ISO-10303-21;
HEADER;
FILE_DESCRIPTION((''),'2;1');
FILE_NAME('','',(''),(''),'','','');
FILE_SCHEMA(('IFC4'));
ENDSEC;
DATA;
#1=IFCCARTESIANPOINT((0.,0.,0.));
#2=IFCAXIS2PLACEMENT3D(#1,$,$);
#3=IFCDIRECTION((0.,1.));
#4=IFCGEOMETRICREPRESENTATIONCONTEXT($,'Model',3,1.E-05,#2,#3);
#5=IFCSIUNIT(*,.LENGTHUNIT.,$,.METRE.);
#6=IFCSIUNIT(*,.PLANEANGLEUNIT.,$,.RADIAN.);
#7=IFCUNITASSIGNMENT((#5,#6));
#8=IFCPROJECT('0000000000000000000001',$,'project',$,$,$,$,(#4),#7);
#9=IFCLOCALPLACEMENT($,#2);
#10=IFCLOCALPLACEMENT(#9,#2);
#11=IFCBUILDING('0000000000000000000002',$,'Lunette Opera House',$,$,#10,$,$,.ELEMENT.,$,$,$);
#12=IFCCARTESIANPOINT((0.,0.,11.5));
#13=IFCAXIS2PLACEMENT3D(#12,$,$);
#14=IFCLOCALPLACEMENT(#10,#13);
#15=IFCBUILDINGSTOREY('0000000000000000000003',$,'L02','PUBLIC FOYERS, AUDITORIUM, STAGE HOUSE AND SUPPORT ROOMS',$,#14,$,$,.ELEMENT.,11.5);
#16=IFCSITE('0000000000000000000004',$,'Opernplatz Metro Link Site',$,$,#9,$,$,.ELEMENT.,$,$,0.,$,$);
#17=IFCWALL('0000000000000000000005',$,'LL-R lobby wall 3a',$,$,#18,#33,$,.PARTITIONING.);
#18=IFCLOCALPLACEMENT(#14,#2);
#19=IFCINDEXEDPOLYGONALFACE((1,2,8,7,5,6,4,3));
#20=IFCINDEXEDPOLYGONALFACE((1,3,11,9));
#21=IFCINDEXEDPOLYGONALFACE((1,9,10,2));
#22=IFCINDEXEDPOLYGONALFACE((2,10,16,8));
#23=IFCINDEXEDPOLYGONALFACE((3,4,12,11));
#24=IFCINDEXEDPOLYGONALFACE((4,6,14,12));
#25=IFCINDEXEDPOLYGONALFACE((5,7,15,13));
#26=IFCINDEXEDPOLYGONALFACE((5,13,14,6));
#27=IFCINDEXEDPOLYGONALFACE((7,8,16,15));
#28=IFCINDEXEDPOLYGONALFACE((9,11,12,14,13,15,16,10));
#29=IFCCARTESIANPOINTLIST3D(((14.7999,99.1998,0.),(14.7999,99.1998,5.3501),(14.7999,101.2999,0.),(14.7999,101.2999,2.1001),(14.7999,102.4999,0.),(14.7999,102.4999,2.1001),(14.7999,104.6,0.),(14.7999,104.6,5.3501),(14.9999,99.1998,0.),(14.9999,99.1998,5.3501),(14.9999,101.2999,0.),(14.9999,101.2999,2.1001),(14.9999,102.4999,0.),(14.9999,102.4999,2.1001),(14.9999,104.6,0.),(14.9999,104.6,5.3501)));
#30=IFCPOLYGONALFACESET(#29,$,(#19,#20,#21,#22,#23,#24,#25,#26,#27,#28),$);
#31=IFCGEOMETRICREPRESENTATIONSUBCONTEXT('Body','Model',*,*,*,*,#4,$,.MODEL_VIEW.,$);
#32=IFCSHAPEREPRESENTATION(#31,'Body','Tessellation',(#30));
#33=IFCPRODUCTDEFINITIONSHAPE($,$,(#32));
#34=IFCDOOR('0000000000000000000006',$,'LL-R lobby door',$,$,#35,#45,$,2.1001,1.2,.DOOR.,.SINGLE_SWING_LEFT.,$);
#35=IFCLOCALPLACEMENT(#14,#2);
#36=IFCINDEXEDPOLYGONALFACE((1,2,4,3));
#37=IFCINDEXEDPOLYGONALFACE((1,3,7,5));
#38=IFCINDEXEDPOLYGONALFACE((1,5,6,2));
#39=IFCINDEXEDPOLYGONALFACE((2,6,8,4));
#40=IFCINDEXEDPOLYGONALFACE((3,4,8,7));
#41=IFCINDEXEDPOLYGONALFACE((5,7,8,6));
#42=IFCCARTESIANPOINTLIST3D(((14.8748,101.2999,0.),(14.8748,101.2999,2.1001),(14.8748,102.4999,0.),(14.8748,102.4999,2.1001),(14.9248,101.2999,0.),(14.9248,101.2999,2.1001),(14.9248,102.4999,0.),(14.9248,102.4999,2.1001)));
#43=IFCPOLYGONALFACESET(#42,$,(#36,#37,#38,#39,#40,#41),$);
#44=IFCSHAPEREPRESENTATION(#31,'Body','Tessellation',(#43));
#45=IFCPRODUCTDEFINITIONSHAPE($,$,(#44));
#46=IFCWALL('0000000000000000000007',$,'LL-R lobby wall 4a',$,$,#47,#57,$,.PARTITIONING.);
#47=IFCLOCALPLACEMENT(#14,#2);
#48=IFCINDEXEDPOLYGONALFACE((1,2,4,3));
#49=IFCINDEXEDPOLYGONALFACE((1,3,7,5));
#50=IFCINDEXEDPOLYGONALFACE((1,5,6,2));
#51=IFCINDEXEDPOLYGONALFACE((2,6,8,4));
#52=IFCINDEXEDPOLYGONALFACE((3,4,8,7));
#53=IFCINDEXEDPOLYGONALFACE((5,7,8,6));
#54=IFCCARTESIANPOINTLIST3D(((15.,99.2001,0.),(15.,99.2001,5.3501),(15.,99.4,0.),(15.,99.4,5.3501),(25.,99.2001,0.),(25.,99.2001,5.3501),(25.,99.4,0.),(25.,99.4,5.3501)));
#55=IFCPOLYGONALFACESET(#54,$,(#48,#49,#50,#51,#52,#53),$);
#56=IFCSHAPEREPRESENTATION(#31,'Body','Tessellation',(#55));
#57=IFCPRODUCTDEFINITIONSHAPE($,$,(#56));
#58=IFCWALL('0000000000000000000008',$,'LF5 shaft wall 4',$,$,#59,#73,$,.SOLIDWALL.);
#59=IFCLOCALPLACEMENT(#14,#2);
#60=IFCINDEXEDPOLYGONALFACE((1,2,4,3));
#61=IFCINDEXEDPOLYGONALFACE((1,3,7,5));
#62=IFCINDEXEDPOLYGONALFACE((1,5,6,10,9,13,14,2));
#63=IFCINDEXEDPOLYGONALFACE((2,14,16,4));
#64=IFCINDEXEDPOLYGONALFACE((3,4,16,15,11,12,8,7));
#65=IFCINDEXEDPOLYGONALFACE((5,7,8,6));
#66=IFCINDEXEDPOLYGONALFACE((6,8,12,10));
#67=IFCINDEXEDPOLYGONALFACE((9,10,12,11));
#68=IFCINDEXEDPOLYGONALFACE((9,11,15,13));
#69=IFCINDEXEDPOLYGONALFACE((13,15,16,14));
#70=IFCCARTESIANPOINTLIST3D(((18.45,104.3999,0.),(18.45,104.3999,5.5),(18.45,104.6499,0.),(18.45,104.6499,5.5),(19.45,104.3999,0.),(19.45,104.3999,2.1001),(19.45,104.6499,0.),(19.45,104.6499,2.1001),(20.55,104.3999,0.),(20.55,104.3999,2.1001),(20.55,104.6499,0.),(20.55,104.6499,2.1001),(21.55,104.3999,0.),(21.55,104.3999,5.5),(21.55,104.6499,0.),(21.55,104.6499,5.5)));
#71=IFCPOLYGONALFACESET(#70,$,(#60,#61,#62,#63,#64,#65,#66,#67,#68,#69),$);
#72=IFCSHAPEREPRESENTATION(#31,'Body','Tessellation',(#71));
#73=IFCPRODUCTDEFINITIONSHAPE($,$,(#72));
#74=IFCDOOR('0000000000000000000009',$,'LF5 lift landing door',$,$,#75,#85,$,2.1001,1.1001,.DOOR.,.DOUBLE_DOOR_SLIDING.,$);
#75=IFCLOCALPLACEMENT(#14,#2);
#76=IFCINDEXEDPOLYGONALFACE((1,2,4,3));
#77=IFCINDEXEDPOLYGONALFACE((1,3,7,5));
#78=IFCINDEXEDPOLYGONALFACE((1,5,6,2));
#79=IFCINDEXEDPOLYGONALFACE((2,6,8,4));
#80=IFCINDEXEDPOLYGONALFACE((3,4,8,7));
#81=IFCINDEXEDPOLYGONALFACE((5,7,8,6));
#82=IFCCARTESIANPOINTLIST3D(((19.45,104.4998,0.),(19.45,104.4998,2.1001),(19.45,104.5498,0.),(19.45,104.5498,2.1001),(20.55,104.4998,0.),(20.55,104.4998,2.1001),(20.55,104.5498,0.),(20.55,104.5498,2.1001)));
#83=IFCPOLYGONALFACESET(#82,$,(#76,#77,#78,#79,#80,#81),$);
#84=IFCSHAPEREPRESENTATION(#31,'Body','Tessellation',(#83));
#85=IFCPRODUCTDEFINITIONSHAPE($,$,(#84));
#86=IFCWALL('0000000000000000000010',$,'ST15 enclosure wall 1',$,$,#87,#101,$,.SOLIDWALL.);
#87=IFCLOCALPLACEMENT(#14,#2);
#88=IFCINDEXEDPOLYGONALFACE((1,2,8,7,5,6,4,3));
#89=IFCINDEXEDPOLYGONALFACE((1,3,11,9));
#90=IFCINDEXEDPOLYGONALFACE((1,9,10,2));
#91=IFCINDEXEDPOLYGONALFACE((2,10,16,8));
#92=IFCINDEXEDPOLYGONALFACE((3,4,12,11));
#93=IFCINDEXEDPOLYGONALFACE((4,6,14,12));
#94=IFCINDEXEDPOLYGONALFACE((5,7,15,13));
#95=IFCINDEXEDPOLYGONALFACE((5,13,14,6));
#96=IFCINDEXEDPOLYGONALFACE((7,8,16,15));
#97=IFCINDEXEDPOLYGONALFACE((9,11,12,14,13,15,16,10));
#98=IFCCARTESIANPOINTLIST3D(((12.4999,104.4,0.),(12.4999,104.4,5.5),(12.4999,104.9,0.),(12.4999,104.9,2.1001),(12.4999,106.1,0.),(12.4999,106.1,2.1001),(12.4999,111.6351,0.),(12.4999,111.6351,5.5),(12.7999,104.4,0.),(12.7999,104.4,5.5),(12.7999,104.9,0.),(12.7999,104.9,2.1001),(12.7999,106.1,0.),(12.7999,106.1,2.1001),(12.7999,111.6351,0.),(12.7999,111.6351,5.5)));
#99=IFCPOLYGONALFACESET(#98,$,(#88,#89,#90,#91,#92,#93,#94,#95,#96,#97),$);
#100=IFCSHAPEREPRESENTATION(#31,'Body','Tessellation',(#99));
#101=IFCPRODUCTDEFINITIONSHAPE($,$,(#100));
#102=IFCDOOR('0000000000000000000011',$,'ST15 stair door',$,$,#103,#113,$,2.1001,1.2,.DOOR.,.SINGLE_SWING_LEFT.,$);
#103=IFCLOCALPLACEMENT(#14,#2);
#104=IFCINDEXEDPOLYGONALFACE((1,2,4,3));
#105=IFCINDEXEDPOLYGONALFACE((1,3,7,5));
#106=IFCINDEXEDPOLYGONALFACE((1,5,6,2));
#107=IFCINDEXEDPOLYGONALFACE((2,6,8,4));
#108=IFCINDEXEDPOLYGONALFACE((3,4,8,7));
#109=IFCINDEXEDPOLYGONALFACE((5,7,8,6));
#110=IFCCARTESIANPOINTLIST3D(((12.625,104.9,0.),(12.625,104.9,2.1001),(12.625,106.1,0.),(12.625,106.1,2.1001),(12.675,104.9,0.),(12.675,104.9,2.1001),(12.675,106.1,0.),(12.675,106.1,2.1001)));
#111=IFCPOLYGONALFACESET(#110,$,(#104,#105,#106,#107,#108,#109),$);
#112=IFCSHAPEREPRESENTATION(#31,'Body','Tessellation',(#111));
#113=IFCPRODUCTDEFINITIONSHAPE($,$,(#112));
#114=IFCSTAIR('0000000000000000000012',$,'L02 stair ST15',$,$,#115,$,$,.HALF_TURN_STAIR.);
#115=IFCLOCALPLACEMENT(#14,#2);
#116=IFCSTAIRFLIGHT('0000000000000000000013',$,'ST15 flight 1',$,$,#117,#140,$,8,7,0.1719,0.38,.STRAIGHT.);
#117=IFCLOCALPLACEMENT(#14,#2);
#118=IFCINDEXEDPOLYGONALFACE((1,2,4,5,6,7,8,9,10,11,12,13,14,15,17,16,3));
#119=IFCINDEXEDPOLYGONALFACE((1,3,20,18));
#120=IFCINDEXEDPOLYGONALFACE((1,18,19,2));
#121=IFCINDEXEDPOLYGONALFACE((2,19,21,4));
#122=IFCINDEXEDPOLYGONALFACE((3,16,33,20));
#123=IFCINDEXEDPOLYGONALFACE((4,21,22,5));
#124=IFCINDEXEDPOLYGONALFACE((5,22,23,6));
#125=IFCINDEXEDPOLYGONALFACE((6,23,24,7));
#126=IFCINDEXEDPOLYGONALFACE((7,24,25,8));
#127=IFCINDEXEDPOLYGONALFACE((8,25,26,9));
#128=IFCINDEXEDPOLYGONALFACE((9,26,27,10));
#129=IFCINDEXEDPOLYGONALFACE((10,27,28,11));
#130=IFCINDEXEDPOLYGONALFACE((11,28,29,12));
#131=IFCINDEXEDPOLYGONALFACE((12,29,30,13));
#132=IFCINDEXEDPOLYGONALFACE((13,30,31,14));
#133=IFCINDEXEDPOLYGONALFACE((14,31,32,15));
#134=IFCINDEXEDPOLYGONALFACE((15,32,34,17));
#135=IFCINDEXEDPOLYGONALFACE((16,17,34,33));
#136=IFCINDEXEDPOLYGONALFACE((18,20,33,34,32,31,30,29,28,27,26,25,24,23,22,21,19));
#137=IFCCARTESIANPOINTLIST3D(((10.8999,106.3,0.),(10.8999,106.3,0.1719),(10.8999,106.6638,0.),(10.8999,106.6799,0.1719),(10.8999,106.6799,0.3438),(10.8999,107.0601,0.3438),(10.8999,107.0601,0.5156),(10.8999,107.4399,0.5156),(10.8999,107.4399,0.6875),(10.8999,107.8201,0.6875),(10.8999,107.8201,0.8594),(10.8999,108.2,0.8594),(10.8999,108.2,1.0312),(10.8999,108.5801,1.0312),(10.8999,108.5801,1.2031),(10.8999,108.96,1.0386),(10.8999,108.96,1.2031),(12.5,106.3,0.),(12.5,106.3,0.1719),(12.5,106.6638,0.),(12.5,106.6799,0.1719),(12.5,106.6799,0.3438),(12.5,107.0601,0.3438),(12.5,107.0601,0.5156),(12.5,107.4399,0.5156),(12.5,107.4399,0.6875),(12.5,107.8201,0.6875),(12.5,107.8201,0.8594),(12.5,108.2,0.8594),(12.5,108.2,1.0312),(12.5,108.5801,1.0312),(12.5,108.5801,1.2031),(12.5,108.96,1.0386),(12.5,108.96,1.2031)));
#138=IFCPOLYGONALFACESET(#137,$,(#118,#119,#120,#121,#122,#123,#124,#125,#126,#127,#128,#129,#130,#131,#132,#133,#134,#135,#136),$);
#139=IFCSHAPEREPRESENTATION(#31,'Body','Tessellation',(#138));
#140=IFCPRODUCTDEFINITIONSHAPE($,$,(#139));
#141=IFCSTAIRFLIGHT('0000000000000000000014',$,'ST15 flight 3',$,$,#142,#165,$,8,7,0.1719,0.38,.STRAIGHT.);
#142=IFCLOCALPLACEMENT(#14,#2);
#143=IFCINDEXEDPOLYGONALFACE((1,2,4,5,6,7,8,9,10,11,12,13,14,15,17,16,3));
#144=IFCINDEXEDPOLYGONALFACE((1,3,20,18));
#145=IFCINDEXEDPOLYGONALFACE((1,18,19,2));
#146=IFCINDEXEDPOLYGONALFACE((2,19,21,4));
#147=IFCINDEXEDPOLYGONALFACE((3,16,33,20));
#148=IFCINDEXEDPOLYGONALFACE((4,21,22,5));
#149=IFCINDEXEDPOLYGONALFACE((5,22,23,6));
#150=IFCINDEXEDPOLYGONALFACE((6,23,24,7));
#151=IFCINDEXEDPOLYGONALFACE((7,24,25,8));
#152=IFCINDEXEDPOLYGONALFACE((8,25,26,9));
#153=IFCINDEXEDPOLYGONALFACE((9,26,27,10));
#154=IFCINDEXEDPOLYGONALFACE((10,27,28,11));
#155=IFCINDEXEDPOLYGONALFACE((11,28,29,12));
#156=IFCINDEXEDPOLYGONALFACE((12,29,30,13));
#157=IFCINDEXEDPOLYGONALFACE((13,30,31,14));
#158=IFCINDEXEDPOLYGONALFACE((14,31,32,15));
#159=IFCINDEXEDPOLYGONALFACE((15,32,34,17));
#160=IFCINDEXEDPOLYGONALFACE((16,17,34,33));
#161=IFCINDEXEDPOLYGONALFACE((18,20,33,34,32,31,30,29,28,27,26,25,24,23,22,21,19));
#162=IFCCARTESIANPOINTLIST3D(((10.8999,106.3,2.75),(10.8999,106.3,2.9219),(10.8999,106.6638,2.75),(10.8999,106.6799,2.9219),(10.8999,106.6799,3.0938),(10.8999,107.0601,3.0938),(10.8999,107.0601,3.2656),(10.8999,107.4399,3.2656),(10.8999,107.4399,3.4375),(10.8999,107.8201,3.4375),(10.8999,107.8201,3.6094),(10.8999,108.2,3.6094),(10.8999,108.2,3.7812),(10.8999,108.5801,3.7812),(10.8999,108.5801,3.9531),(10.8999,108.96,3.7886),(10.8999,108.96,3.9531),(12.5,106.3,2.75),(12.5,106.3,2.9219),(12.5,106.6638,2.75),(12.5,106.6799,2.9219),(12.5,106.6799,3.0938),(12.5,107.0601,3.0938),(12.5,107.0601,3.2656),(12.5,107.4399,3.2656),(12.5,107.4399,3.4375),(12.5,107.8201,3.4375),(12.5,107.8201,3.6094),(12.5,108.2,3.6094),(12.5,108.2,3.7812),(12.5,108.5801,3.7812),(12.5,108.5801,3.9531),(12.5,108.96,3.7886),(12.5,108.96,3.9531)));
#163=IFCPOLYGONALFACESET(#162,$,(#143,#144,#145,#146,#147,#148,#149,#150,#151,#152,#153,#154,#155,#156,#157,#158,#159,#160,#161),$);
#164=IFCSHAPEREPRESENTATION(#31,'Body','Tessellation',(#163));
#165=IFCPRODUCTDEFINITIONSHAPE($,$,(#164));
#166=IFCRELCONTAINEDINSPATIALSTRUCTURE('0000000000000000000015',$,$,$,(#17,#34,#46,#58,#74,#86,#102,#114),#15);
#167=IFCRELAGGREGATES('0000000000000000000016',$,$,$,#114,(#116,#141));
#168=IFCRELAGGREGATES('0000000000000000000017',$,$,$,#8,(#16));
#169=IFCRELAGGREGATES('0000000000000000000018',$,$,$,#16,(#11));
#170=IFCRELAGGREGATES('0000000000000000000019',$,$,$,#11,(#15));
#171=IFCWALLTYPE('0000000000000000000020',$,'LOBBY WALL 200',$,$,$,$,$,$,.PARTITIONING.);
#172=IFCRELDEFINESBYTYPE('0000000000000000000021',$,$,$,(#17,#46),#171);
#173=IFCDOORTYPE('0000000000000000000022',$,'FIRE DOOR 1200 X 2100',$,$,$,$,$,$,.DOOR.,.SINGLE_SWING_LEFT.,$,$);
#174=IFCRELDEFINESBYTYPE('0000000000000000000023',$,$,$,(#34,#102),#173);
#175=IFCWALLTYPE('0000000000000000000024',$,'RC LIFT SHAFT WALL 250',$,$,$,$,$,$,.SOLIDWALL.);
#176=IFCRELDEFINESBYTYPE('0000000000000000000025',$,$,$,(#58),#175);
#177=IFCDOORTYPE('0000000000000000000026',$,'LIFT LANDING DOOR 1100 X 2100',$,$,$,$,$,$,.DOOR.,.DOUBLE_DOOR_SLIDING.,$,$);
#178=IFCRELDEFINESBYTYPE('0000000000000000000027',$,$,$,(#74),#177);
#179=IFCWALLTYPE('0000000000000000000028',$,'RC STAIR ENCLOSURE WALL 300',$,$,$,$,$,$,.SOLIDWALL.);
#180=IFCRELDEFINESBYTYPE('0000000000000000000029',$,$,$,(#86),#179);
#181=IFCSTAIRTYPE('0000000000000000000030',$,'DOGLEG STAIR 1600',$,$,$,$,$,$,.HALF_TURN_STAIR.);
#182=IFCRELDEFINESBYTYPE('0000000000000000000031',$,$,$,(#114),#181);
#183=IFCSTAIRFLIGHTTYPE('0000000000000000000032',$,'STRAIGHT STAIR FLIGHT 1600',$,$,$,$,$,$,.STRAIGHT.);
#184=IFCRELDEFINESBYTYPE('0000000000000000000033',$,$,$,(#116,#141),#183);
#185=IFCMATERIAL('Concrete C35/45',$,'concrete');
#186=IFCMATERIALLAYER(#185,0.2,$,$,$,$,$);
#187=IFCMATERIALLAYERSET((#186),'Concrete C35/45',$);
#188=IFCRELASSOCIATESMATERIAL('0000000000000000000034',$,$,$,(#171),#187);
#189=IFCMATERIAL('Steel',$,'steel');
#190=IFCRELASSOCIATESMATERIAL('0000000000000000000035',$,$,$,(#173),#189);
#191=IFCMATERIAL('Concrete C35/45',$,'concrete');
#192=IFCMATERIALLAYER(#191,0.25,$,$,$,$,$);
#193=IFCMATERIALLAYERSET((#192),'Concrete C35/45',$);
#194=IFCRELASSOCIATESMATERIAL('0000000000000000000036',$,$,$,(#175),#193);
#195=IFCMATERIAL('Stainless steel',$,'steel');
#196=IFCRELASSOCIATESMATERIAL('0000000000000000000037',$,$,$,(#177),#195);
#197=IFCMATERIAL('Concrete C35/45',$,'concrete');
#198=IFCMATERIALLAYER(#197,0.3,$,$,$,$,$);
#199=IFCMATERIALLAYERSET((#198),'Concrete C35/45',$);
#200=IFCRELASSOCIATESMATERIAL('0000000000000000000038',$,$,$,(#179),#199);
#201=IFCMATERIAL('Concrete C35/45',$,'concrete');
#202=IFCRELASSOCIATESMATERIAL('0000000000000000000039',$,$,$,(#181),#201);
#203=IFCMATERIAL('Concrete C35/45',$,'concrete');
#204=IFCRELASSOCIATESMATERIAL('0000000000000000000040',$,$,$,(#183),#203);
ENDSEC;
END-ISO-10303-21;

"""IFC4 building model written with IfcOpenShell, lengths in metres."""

from ifc_helpers import new_model, si_unit, direction, frame, frame_2d, origin, place, context, subcontext, project, spatial, polyline, rectangle, outline, extrude, material, layer, layer_set, type_object, element, fill, aggregate, save


model = new_model("IFC4")

# Units and contexts
model_context = context("Model", 3, precision=1e-05, world=origin(), true_north=direction((0.0, 1.0)))
body_context = subcontext(model_context, "Body", "Model", "MODEL_VIEW")
ifc_project = project(units=[si_unit("LENGTHUNIT", "METRE"), si_unit("PLANEANGLEUNIT", "RADIAN")], contexts=[model_context])

# Site, building, storey
site_placement = place(None, origin())
site = spatial("IfcSite", under=ifc_project, at=site_placement, Name="Opernplatz Metro Link Site", CompositionType="ELEMENT", RefElevation=0.0)
building_placement = place(site_placement, origin())
building = spatial("IfcBuilding", under=site, at=building_placement, Name="Lunette Opera House", CompositionType="ELEMENT")
storey_placement = place(building_placement, frame((0.0, 0.0, 11.5)))
storey = spatial("IfcBuildingStorey", under=building, at=storey_placement, Name="L02", Description="PUBLIC FOYERS, AUDITORIUM, STAGE HOUSE AND SUPPORT ROOMS", CompositionType="ELEMENT", Elevation=11.5)

# Shared definitions
ifc_material_1 = material(Name="Concrete C35/45", Category="concrete")
ifc_layer_1 = layer(ifc_material_1, 0.2)
ifc_layer_set_1 = layer_set([ifc_layer_1], Name="Concrete C35/45")
wall_type_1 = type_object("IfcWallType", Name="LOBBY WALL 200", PredefinedType="PARTITIONING", material=ifc_layer_set_1)

# Wall, opening, door
wall_1_placement = place(storey_placement, frame((14.8999, 104.6001, 0.0), z_axis=(0.0, 0.0, 1.0), x_axis=(0.0, -1.0, 0.0)))
wall_1 = element("IfcWall", 1, at=wall_1_placement, inside=storey, type_object=wall_type_1, Name="LL-R lobby wall 3a", PredefinedType="PARTITIONING", context=body_context, shape_type="SweptSolid", body=[
    extrude(rectangle(XDim=5.4001, YDim=0.2, at=frame_2d((2.7002, 0.0))), origin(), (0.0, 0.0, 1.0), 5.3501),
])
opening_1_placement = place(wall_1_placement, frame((2.1001, 0.0, 0.0)))
opening_1 = element("IfcOpeningElement", 2, at=opening_1_placement, cuts=wall_1, PredefinedType="OPENING", context=body_context, shape_type="SweptSolid", body=[
    extrude(rectangle(XDim=1.2, YDim=2.1001, at=frame_2d((0.6001, 1.05))), frame((0.0, 0.1121, 0.0), z_axis=(0.0, -1.0, 0.0), x_axis=(1.0, 0.0, 0.0)), (0.0, 0.0, 1.0), 0.2239),
])
ifc_material_2 = material(Name="Steel", Category="steel")
door_type_1 = type_object("IfcDoorType", Name="FIRE DOOR 1200 X 2100", OperationType="SINGLE_SWING_LEFT", PredefinedType="DOOR", material=ifc_material_2)
door_1_placement = place(opening_1_placement, origin())
door_1 = element("IfcDoor", 3, at=door_1_placement, inside=storey, type_object=door_type_1, Name="LL-R lobby door", OperationType="SINGLE_SWING_LEFT", OverallHeight=2.1001, OverallWidth=1.2, PredefinedType="DOOR", context=body_context, shape_type="SweptSolid", body=[
    extrude(rectangle(XDim=1.2, YDim=2.1001, at=frame_2d((0.6001, 1.05))), frame((0.0, 0.0249, 0.0), z_axis=(0.0, -1.0, 0.0), x_axis=(1.0, 0.0, 0.0)), (0.0, 0.0, 1.0), 0.05),
])
fill(opening_1, door_1)

# Wall
wall_2_placement = place(storey_placement, frame((15.0, 99.3, 0.0), z_axis=(0.0, 0.0, 1.0), x_axis=(1.0, 0.0, 0.0)))
element("IfcWall", 4, at=wall_2_placement, inside=storey, type_object=wall_type_1, Name="LL-R lobby wall 4a", PredefinedType="PARTITIONING", context=body_context, shape_type="SweptSolid", body=[
    extrude(rectangle(XDim=10.0, YDim=0.2, at=frame_2d((5.0, 0.0))), origin(), (0.0, 0.0, 1.0), 5.3501),
])

# Walls, openings, doors
ifc_material_3 = material(Name="Concrete C35/45", Category="concrete")
ifc_layer_2 = layer(ifc_material_3, 0.25)
ifc_layer_set_2 = layer_set([ifc_layer_2], Name="Concrete C35/45")
wall_type_2 = type_object("IfcWallType", Name="RC LIFT SHAFT WALL 250", PredefinedType="SOLIDWALL", material=ifc_layer_set_2)
wall_3_placement = place(storey_placement, frame((18.45, 104.5249, 0.0), z_axis=(0.0, 0.0, 1.0), x_axis=(1.0, 0.0, 0.0)))
wall_3 = element("IfcWall", 5, at=wall_3_placement, inside=storey, type_object=wall_type_2, Name="LF5 shaft wall 4", PredefinedType="SOLIDWALL", context=body_context, shape_type="SweptSolid", body=[
    extrude(rectangle(XDim=3.1001, YDim=0.25, at=frame_2d((1.55, 0.0))), origin(), (0.0, 0.0, 1.0), 5.5),
])
opening_2_placement = place(wall_3_placement, frame((1.0, 0.0, 0.0)))
opening_2 = element("IfcOpeningElement", 6, at=opening_2_placement, cuts=wall_3, PredefinedType="OPENING", context=body_context, shape_type="SweptSolid", body=[
    extrude(rectangle(XDim=1.1001, YDim=2.1001, at=frame_2d((0.55, 1.05))), frame((0.0, 0.137, 0.0), z_axis=(0.0, -1.0, 0.0), x_axis=(1.0, 0.0, 0.0)), (0.0, 0.0, 1.0), 0.2739),
])
ifc_material_4 = material(Name="Stainless steel", Category="steel")
door_type_2 = type_object("IfcDoorType", Name="LIFT LANDING DOOR 1100 X 2100", OperationType="DOUBLE_DOOR_SLIDING", PredefinedType="DOOR", material=ifc_material_4)
door_2_placement = place(opening_2_placement, origin())
door_2 = element("IfcDoor", 7, at=door_2_placement, inside=storey, type_object=door_type_2, Name="LF5 lift landing door", OperationType="DOUBLE_DOOR_SLIDING", OverallHeight=2.1001, OverallWidth=1.1001, PredefinedType="DOOR", context=body_context, shape_type="SweptSolid", body=[
    extrude(rectangle(XDim=1.1001, YDim=2.1001, at=frame_2d((0.55, 1.05))), frame((0.0, 0.0249, 0.0), z_axis=(0.0, -1.0, 0.0), x_axis=(1.0, 0.0, 0.0)), (0.0, 0.0, 1.0), 0.05),
])
fill(opening_2, door_2)
ifc_material_5 = material(Name="Concrete C35/45", Category="concrete")
ifc_layer_3 = layer(ifc_material_5, 0.3)
ifc_layer_set_3 = layer_set([ifc_layer_3], Name="Concrete C35/45")
wall_type_3 = type_object("IfcWallType", Name="RC STAIR ENCLOSURE WALL 300", PredefinedType="SOLIDWALL", material=ifc_layer_set_3)
wall_4_placement = place(storey_placement, frame((12.6499, 104.3999, 0.0), z_axis=(0.0, 0.0, 1.0), x_axis=(0.0, 1.0, 0.0)))
wall_4 = element("IfcWall", 8, at=wall_4_placement, inside=storey, type_object=wall_type_3, Name="ST15 enclosure wall 1", PredefinedType="SOLIDWALL", context=body_context, shape_type="SweptSolid", body=[
    extrude(rectangle(XDim=7.2351, YDim=0.3, at=frame_2d((3.6177, 0.0))), origin(), (0.0, 0.0, 1.0), 5.5),
])
opening_3_placement = place(wall_4_placement, frame((0.5, 0.0, 0.0)))
opening_3 = element("IfcOpeningElement", 9, at=opening_3_placement, cuts=wall_4, PredefinedType="OPENING", context=body_context, shape_type="SweptSolid", body=[
    extrude(rectangle(XDim=1.2, YDim=2.1001, at=frame_2d((0.6001, 1.05))), frame((0.0, 0.1621, 0.0), z_axis=(0.0, -1.0, 0.0), x_axis=(1.0, 0.0, 0.0)), (0.0, 0.0, 1.0), 0.324),
])
door_3_placement = place(opening_3_placement, origin())
door_3 = element("IfcDoor", 10, at=door_3_placement, inside=storey, type_object=door_type_1, Name="ST15 stair door", OperationType="SINGLE_SWING_LEFT", OverallHeight=2.1001, OverallWidth=1.2, PredefinedType="DOOR", context=body_context, shape_type="SweptSolid", body=[
    extrude(rectangle(XDim=1.2, YDim=2.1001, at=frame_2d((0.6001, 1.05))), frame((0.0, 0.0249, 0.0), z_axis=(0.0, -1.0, 0.0), x_axis=(1.0, 0.0, 0.0)), (0.0, 0.0, 1.0), 0.05),
])
fill(opening_3, door_3)

# Stair, stair flights
ifc_material_6 = material(Name="Concrete C35/45", Category="concrete")
stair_type = type_object("IfcStairType", Name="DOGLEG STAIR 1600", PredefinedType="HALF_TURN_STAIR", material=ifc_material_6)
stair_placement = place(storey_placement, origin())
stair = element("IfcStair", 11, at=stair_placement, inside=storey, type_object=stair_type, Name="L02 stair ST15", PredefinedType="HALF_TURN_STAIR")
ifc_material_7 = material(Name="Concrete C35/45", Category="concrete")
stair_flight_type = type_object("IfcStairFlightType", Name="STRAIGHT STAIR FLIGHT 1600", PredefinedType="STRAIGHT", material=ifc_material_7)
stair_flight_1_placement = place(storey_placement, frame((11.7, 106.3, 0.0), z_axis=(0.0, 0.0, 1.0), x_axis=(0.0, 1.0, 0.0)))
stair_flight_1 = element("IfcStairFlight", 12, at=stair_flight_1_placement, type_object=stair_flight_type, Name="ST15 flight 1", NumberOfRisers=8, NumberOfTreads=7, PredefinedType="STRAIGHT", RiserHeight=0.1719, TreadLength=0.38, context=body_context, shape_type="SweptSolid", body=[
    extrude(outline(polyline([(0.0, 0.0), (0.0, 0.1719), (0.3799, 0.1719), (0.3799, 0.3438), (0.76, 0.3438), (0.76, 0.5156), (1.1399, 0.5156), (1.1399, 0.6875), (1.52, 0.6875), (1.52, 0.8594), (1.8999, 0.8594), (1.8999, 1.0312), (2.28, 1.0312), (2.28, 1.2031), (2.6599, 1.2031), (2.6599, 1.375), (2.6599, 1.0386), (0.3638, 0.0), (0.0, 0.0)])), frame((0.0, 0.8, 0.0), z_axis=(0.0, -1.0, 0.0), x_axis=(1.0, 0.0, 0.0)), (0.0, 0.0, 1.0), 1.6001),
])
stair_flight_2_placement = place(storey_placement, frame((11.7, 106.3, 2.75), z_axis=(0.0, 0.0, 1.0), x_axis=(0.0, 1.0, 0.0)))
stair_flight_2 = element("IfcStairFlight", 13, at=stair_flight_2_placement, type_object=stair_flight_type, Name="ST15 flight 3", NumberOfRisers=8, NumberOfTreads=7, PredefinedType="STRAIGHT", RiserHeight=0.1719, TreadLength=0.38, context=body_context, shape_type="SweptSolid", body=[
    extrude(outline(polyline([(0.0, 0.0), (0.0, 0.1719), (0.3799, 0.1719), (0.3799, 0.3438), (0.76, 0.3438), (0.76, 0.5156), (1.1399, 0.5156), (1.1399, 0.6875), (1.52, 0.6875), (1.52, 0.8594), (1.8999, 0.8594), (1.8999, 1.0312), (2.28, 1.0312), (2.28, 1.2031), (2.6599, 1.2031), (2.6599, 1.375), (2.6599, 1.0386), (0.3638, 0.0), (0.0, 0.0)])), frame((0.0, 0.8, 0.0), z_axis=(0.0, -1.0, 0.0), x_axis=(1.0, 0.0, 0.0)), (0.0, 0.0, 1.0), 1.6001),
])
aggregate(stair, [stair_flight_1, stair_flight_2])

save(model, "model.ifc")
